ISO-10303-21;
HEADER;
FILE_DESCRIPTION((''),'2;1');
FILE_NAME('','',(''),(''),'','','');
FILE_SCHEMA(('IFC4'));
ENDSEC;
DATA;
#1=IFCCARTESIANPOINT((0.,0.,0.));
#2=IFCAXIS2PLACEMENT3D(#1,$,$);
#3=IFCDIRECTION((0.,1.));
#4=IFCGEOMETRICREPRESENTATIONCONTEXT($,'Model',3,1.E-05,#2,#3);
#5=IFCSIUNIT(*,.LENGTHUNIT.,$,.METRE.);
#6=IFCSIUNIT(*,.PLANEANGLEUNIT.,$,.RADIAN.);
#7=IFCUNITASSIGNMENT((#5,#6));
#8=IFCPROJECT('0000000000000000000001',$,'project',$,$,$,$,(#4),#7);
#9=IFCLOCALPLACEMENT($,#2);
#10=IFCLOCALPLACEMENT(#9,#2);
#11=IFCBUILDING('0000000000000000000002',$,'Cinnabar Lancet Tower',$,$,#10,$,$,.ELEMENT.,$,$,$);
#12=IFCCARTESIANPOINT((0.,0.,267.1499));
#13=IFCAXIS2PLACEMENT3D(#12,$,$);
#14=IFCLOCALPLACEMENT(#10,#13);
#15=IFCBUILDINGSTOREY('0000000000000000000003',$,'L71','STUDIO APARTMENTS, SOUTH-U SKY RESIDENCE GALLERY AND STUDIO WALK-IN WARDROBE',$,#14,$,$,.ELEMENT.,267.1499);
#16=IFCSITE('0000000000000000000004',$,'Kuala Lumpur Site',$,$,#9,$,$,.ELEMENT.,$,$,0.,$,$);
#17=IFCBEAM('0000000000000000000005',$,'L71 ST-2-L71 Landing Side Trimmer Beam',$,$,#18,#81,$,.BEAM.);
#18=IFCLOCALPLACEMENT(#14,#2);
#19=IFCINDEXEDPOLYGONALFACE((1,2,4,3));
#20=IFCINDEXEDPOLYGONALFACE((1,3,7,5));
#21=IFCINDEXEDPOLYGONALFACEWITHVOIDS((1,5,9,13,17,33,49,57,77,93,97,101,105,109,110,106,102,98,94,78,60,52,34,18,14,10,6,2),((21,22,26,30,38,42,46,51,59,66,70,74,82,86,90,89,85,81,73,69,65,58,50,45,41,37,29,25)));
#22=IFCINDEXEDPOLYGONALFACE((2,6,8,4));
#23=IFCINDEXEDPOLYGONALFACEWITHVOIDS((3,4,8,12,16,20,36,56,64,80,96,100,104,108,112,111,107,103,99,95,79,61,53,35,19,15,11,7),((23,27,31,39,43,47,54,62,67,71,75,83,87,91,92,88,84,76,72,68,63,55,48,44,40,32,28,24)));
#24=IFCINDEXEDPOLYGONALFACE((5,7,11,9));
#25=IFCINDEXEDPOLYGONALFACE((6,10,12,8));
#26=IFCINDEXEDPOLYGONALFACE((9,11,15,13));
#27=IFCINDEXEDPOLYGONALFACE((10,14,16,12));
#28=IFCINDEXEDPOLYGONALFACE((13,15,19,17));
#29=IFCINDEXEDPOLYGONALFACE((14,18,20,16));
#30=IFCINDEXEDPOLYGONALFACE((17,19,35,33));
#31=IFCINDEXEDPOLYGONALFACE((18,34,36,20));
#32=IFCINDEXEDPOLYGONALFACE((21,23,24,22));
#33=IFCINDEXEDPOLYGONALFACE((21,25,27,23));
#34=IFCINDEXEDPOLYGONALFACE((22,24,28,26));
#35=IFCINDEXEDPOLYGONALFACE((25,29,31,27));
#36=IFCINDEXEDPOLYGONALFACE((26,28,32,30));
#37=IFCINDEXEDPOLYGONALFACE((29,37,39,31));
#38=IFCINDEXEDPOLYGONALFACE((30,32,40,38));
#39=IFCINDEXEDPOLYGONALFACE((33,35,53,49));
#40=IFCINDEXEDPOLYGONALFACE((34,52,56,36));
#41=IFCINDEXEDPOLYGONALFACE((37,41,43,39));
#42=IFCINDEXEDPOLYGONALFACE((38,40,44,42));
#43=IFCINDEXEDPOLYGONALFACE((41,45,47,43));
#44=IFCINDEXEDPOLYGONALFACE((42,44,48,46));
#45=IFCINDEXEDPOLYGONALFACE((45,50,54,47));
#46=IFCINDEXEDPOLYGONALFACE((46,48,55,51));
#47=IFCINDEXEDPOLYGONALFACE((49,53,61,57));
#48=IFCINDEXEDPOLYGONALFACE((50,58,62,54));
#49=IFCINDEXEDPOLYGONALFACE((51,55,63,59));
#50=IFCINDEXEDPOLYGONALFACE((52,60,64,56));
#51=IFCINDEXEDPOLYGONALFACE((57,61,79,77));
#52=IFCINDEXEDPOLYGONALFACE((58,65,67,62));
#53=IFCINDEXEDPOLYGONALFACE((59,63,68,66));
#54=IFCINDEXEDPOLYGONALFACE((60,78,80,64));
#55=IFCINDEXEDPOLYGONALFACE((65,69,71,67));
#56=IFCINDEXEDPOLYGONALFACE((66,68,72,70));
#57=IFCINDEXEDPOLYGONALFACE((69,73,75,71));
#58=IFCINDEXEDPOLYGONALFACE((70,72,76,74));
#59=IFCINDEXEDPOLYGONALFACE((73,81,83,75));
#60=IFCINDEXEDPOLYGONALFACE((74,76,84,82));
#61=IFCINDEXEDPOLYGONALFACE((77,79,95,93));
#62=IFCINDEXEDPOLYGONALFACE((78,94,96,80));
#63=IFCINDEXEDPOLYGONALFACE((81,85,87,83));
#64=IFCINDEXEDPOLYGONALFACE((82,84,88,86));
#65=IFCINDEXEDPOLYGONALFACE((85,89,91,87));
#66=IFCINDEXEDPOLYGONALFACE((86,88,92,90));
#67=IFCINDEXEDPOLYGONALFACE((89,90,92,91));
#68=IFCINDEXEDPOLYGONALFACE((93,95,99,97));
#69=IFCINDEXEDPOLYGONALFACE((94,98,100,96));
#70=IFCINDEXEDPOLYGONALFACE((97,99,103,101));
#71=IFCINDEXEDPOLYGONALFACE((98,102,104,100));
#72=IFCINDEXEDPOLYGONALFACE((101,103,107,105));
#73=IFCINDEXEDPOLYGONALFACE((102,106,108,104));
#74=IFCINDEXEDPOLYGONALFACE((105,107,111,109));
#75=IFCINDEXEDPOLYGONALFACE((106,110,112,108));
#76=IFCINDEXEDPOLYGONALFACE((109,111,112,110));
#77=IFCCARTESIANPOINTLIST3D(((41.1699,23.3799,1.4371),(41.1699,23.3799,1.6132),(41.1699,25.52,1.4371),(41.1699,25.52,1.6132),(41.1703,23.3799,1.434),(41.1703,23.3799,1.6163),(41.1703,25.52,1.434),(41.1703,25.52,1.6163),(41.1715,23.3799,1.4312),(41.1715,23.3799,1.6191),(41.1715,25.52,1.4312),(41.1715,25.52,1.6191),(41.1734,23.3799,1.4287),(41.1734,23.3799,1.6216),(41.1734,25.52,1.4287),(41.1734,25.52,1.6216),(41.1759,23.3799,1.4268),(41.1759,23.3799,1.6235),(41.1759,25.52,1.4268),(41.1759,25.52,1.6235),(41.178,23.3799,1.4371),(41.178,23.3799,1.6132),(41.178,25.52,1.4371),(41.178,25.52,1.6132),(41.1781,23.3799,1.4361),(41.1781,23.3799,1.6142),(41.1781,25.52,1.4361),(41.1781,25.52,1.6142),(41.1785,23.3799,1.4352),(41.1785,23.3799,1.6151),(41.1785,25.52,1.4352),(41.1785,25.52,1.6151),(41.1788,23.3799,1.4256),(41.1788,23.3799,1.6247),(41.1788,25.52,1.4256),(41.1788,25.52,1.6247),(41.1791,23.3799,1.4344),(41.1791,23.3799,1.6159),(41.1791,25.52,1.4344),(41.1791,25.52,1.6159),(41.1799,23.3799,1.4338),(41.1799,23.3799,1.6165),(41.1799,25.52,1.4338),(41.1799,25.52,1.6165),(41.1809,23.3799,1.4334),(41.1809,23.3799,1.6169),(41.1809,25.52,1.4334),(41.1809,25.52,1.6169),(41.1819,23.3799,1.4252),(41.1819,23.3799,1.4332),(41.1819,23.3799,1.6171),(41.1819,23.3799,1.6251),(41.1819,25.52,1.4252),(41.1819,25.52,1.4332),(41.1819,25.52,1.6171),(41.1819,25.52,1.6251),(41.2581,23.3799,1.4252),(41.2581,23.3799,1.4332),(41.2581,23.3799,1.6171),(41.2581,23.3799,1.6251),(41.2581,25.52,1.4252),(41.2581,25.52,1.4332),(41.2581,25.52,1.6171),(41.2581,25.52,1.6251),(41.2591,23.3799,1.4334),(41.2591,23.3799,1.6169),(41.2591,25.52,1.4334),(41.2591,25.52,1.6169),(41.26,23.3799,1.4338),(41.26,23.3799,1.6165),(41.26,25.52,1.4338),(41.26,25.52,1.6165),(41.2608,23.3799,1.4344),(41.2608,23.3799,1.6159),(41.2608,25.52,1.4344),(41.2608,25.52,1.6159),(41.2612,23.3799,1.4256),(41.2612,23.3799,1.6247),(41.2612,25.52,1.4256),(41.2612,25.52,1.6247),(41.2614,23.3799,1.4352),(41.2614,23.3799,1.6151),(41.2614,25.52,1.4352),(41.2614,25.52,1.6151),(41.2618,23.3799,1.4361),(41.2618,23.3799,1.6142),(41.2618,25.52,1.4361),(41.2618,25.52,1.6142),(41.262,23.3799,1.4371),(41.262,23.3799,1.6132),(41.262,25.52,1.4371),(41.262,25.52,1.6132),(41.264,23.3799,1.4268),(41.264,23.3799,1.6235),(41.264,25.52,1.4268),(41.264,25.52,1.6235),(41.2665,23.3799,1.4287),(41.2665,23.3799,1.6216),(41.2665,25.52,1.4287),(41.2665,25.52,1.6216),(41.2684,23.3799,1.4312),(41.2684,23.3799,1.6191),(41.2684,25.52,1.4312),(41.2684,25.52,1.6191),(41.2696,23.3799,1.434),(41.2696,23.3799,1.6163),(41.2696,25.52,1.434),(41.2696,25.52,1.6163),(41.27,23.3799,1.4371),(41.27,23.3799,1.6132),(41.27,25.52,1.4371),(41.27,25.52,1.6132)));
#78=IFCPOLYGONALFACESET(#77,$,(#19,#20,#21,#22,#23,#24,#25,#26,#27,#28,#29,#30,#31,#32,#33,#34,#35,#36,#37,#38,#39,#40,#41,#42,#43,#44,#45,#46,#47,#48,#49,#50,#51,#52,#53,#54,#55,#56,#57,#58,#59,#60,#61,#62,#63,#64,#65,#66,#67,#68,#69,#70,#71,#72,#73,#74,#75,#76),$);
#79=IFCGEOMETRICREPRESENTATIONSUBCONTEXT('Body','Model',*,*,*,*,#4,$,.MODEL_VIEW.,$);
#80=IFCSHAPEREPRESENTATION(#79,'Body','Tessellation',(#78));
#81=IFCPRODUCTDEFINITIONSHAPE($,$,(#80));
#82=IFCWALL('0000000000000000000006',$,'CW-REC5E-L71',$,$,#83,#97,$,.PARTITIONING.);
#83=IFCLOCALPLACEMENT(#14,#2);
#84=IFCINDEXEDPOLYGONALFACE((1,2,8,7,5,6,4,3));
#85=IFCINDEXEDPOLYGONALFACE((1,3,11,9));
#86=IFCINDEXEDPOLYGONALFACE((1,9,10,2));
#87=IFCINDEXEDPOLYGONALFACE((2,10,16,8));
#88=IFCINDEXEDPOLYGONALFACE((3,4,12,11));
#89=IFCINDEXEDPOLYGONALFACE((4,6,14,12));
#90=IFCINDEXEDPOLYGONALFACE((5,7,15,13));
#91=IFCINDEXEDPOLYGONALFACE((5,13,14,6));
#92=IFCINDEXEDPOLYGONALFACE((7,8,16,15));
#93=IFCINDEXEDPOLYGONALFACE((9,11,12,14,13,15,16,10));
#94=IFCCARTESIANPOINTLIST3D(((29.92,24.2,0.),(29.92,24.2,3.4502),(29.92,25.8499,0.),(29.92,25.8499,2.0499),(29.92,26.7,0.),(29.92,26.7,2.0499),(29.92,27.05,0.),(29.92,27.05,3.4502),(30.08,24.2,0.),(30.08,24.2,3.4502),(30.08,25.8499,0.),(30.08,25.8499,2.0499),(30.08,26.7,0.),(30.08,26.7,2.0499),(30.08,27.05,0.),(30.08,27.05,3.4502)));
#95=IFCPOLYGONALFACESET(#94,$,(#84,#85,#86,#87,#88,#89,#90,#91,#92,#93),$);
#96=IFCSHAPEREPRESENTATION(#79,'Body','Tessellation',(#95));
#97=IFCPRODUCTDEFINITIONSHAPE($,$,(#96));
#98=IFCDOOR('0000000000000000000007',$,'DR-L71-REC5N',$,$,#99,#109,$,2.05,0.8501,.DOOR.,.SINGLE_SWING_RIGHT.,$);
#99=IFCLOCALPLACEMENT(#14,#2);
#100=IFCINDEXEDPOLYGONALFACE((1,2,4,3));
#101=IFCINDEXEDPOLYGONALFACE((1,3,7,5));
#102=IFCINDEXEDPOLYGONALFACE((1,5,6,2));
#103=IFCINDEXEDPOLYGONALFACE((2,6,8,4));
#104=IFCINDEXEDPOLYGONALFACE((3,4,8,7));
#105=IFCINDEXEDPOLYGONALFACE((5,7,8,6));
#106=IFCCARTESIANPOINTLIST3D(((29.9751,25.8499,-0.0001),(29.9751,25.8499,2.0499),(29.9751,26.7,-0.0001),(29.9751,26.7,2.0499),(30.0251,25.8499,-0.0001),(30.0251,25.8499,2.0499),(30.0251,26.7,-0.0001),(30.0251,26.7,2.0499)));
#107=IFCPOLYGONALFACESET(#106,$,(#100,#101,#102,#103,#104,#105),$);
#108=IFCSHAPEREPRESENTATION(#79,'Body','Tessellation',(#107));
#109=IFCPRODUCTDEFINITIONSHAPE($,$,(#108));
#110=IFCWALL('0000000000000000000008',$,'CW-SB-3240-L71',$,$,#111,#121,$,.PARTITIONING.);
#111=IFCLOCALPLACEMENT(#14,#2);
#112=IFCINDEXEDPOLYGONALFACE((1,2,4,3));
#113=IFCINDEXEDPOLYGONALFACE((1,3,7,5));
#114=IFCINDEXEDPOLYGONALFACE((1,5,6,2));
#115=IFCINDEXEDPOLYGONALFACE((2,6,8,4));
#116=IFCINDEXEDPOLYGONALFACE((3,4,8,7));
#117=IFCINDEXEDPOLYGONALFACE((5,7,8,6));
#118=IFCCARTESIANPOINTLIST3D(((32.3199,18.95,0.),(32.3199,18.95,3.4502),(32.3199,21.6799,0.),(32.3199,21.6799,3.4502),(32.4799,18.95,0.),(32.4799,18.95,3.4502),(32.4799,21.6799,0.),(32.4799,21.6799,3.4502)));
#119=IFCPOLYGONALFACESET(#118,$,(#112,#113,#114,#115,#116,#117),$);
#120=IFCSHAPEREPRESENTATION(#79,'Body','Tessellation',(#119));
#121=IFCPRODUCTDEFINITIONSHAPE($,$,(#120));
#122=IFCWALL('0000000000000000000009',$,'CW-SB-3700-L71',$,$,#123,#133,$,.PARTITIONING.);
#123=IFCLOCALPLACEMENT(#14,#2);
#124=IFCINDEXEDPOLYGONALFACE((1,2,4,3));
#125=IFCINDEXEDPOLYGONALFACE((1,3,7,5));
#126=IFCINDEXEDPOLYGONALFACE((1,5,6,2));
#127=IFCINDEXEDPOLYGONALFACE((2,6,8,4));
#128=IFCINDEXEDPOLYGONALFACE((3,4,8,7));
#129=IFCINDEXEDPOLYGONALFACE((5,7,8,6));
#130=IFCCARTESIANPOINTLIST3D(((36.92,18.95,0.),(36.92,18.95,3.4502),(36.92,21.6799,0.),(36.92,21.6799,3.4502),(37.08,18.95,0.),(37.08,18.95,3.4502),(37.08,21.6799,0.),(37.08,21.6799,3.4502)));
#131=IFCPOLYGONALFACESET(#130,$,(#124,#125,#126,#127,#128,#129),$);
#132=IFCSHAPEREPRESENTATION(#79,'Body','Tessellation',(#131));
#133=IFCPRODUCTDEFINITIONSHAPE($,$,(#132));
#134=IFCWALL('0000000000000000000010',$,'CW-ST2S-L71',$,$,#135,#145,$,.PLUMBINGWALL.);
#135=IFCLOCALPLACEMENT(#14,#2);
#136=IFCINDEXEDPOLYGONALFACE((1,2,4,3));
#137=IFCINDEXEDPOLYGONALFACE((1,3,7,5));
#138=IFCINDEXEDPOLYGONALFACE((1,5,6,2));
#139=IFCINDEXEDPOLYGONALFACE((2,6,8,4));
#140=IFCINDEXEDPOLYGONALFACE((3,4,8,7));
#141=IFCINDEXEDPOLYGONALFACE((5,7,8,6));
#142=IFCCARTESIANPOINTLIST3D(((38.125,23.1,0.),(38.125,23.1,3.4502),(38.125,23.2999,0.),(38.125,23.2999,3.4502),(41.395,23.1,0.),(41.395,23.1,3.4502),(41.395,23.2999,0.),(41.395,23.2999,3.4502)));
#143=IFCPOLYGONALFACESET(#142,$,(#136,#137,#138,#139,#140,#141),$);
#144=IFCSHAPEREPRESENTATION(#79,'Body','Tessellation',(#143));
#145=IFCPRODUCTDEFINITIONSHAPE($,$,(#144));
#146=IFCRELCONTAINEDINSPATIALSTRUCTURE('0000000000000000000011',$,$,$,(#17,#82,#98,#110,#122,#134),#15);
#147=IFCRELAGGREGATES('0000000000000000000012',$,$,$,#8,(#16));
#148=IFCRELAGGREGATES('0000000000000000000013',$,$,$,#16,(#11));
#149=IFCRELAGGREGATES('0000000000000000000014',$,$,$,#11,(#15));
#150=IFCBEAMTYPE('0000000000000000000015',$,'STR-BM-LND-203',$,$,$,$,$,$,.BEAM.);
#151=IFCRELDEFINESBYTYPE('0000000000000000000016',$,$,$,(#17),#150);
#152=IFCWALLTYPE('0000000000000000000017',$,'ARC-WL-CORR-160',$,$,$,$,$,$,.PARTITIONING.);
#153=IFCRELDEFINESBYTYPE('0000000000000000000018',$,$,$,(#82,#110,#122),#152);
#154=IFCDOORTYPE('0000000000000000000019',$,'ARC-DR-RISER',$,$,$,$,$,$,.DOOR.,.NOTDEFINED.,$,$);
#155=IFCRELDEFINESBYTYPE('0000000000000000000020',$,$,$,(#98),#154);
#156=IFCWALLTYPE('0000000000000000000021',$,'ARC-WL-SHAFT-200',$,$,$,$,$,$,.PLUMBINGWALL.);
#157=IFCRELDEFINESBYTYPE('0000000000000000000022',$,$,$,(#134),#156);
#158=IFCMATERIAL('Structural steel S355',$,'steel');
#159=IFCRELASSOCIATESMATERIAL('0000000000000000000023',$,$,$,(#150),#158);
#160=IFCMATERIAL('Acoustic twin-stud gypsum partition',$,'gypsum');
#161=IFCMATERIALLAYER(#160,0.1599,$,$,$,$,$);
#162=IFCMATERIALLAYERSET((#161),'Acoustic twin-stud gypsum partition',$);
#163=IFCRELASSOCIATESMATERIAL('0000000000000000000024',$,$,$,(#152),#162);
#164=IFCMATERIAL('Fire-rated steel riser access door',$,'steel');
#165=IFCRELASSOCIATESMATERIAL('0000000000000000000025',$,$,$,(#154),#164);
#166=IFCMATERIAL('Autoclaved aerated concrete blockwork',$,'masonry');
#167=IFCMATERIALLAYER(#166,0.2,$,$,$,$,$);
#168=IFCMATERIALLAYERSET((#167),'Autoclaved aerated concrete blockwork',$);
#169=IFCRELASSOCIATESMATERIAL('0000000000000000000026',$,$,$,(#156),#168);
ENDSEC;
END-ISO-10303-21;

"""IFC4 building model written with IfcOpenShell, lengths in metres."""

from ifc_helpers import new_model, si_unit, direction, frame, frame_2d, origin, origin_2d, place, context, subcontext, project, spatial, rectangle, hollow_rectangle, extrude, material, layer, layer_set, material_profile, profile_set, type_object, element, fill, save


model = new_model("IFC4")

# Units and contexts
model_context = context("Model", 3, precision=1e-05, world=origin(), true_north=direction((0.0, 1.0)))
body_context = subcontext(model_context, "Body", "Model", "MODEL_VIEW")
ifc_project = project(units=[si_unit("LENGTHUNIT", "METRE"), si_unit("PLANEANGLEUNIT", "RADIAN")], contexts=[model_context])

# Site, building, storey
site_placement = place(None, origin())
site = spatial("IfcSite", under=ifc_project, at=site_placement, Name="Kuala Lumpur Site", CompositionType="ELEMENT", RefElevation=0.0)
building_placement = place(site_placement, origin())
building = spatial("IfcBuilding", under=site, at=building_placement, Name="Cinnabar Lancet Tower", CompositionType="ELEMENT")
storey_placement = place(building_placement, frame((0.0, 0.0, 267.1499)))
storey = spatial("IfcBuildingStorey", under=building, at=storey_placement, Name="L71", Description="STUDIO APARTMENTS, SOUTH-U SKY RESIDENCE GALLERY AND STUDIO WALK-IN WARDROBE", CompositionType="ELEMENT", Elevation=267.1499)

# Beam
ifc_material_1 = material(Name="Structural steel S355", Category="steel")
ifc_material_profile = material_profile(ifc_material_1, hollow_rectangle(XDim=0.1001, YDim=0.2, WallThickness=0.0081, InnerFilletRadius=0.0039, OuterFilletRadius=0.012, at=origin_2d()), Name="RHS 200x100x8")
ifc_profile_set = profile_set([ifc_material_profile], Name="Structural steel S355")
beam_type = type_object("IfcBeamType", Name="STR-BM-LND-203", PredefinedType="BEAM", material=ifc_profile_set)
beam_placement = place(storey_placement, frame((41.22, 23.3799, 1.5251), z_axis=(0.0, 1.0, 0.0), x_axis=(-1.0, 0.0, 0.0)))
element("IfcBeam", 1, at=beam_placement, inside=storey, type_object=beam_type, Name="L71 ST-2-L71 Landing Side Trimmer Beam", PredefinedType="BEAM", context=body_context, shape_type="SweptSolid", body=[
    extrude(hollow_rectangle(XDim=0.1001, YDim=0.2, WallThickness=0.0081, InnerFilletRadius=0.0039, OuterFilletRadius=0.012, at=origin_2d()), origin(), (0.0, 0.0, 1.0), 2.1401),
])

# Wall, opening, door
ifc_material_2 = material(Name="Acoustic twin-stud gypsum partition", Category="gypsum")
ifc_layer_1 = layer(ifc_material_2, 0.1599)
ifc_layer_set_1 = layer_set([ifc_layer_1], Name="Acoustic twin-stud gypsum partition")
wall_type_1 = type_object("IfcWallType", Name="ARC-WL-CORR-160", PredefinedType="PARTITIONING", material=ifc_layer_set_1)
wall_1_placement = place(storey_placement, frame((30.0, 24.2, 0.0), z_axis=(0.0, 0.0, 1.0), x_axis=(0.0, 1.0, 0.0)))
wall_1 = element("IfcWall", 2, at=wall_1_placement, inside=storey, type_object=wall_type_1, Name="CW-REC5E-L71", PredefinedType="PARTITIONING", context=body_context, shape_type="SweptSolid", body=[
    extrude(rectangle(XDim=2.8501, YDim=0.1599, at=frame_2d((1.425, 0.0))), origin(), (0.0, 0.0, 1.0), 3.4502),
])
opening_1_placement = place(wall_1_placement, frame((1.6499, 0.0, 0.0)))
opening_1 = element("IfcOpeningElement", 3, at=opening_1_placement, cuts=wall_1, PredefinedType="OPENING", context=body_context, shape_type="SweptSolid", body=[
    extrude(rectangle(XDim=0.8501, YDim=2.05, at=frame_2d((0.425, 1.0249))), frame((0.0, 0.0898, 0.0), z_axis=(0.0, -1.0, 0.0), x_axis=(1.0, 0.0, 0.0)), (0.0, 0.0, 1.0), 0.1799),
])
ifc_material_3 = material(Name="Fire-rated steel riser access door", Category="steel")
door_type_1 = type_object("IfcDoorType", Name="ARC-DR-RISER", OperationType="NOTDEFINED", PredefinedType="DOOR", material=ifc_material_3)
door_1_placement = place(opening_1_placement, origin())
door_1 = element("IfcDoor", 4, at=door_1_placement, inside=storey, type_object=door_type_1, Name="DR-L71-REC5N", OperationType="SINGLE_SWING_RIGHT", OverallHeight=2.05, OverallWidth=0.8501, PredefinedType="DOOR", context=body_context, shape_type="SweptSolid", body=[
    extrude(rectangle(XDim=0.8501, YDim=2.05, at=frame_2d((0.425, 1.0249))), frame((0.0, 0.0249, 0.0), z_axis=(0.0, -1.0, 0.0), x_axis=(1.0, 0.0, 0.0)), (0.0, 0.0, 1.0), 0.05),
])
fill(opening_1, door_1)

# Walls
for number, where, z_axis, x_axis, name in (
    (5, (32.3999, 18.95, 0.0), (0.0, 0.0, 1.0), (0.0, 1.0, 0.0), "CW-SB-3240-L71"),
    (6, (37.0, 18.95, 0.0), (0.0, 0.0, 1.0), (0.0, 1.0, 0.0), "CW-SB-3700-L71"),
):
    element("IfcWall", number, at=place(storey_placement, frame(where, z_axis=z_axis, x_axis=x_axis)), inside=storey, type_object=wall_type_1, Name=name, PredefinedType="PARTITIONING", context=body_context, shape_type="SweptSolid", body=[
        extrude(rectangle(XDim=2.73, YDim=0.1599, at=frame_2d((1.365, 0.0))), origin(), (0.0, 0.0, 1.0), 3.4502),
    ])
ifc_material_4 = material(Name="Autoclaved aerated concrete blockwork", Category="masonry")
ifc_layer_2 = layer(ifc_material_4, 0.2)
ifc_layer_set_2 = layer_set([ifc_layer_2], Name="Autoclaved aerated concrete blockwork")
wall_type_2 = type_object("IfcWallType", Name="ARC-WL-SHAFT-200", PredefinedType="PLUMBINGWALL", material=ifc_layer_set_2)
wall_2_placement = place(storey_placement, frame((38.125, 23.2, 0.0), z_axis=(0.0, 0.0, 1.0), x_axis=(1.0, 0.0, 0.0)))
element("IfcWall", 7, at=wall_2_placement, inside=storey, type_object=wall_type_2, Name="CW-ST2S-L71", PredefinedType="PLUMBINGWALL", context=body_context, shape_type="SweptSolid", body=[
    extrude(rectangle(XDim=3.27, YDim=0.2, at=frame_2d((1.635, 0.0))), origin(), (0.0, 0.0, 1.0), 3.4502),
])

save(model, "model.ifc")
